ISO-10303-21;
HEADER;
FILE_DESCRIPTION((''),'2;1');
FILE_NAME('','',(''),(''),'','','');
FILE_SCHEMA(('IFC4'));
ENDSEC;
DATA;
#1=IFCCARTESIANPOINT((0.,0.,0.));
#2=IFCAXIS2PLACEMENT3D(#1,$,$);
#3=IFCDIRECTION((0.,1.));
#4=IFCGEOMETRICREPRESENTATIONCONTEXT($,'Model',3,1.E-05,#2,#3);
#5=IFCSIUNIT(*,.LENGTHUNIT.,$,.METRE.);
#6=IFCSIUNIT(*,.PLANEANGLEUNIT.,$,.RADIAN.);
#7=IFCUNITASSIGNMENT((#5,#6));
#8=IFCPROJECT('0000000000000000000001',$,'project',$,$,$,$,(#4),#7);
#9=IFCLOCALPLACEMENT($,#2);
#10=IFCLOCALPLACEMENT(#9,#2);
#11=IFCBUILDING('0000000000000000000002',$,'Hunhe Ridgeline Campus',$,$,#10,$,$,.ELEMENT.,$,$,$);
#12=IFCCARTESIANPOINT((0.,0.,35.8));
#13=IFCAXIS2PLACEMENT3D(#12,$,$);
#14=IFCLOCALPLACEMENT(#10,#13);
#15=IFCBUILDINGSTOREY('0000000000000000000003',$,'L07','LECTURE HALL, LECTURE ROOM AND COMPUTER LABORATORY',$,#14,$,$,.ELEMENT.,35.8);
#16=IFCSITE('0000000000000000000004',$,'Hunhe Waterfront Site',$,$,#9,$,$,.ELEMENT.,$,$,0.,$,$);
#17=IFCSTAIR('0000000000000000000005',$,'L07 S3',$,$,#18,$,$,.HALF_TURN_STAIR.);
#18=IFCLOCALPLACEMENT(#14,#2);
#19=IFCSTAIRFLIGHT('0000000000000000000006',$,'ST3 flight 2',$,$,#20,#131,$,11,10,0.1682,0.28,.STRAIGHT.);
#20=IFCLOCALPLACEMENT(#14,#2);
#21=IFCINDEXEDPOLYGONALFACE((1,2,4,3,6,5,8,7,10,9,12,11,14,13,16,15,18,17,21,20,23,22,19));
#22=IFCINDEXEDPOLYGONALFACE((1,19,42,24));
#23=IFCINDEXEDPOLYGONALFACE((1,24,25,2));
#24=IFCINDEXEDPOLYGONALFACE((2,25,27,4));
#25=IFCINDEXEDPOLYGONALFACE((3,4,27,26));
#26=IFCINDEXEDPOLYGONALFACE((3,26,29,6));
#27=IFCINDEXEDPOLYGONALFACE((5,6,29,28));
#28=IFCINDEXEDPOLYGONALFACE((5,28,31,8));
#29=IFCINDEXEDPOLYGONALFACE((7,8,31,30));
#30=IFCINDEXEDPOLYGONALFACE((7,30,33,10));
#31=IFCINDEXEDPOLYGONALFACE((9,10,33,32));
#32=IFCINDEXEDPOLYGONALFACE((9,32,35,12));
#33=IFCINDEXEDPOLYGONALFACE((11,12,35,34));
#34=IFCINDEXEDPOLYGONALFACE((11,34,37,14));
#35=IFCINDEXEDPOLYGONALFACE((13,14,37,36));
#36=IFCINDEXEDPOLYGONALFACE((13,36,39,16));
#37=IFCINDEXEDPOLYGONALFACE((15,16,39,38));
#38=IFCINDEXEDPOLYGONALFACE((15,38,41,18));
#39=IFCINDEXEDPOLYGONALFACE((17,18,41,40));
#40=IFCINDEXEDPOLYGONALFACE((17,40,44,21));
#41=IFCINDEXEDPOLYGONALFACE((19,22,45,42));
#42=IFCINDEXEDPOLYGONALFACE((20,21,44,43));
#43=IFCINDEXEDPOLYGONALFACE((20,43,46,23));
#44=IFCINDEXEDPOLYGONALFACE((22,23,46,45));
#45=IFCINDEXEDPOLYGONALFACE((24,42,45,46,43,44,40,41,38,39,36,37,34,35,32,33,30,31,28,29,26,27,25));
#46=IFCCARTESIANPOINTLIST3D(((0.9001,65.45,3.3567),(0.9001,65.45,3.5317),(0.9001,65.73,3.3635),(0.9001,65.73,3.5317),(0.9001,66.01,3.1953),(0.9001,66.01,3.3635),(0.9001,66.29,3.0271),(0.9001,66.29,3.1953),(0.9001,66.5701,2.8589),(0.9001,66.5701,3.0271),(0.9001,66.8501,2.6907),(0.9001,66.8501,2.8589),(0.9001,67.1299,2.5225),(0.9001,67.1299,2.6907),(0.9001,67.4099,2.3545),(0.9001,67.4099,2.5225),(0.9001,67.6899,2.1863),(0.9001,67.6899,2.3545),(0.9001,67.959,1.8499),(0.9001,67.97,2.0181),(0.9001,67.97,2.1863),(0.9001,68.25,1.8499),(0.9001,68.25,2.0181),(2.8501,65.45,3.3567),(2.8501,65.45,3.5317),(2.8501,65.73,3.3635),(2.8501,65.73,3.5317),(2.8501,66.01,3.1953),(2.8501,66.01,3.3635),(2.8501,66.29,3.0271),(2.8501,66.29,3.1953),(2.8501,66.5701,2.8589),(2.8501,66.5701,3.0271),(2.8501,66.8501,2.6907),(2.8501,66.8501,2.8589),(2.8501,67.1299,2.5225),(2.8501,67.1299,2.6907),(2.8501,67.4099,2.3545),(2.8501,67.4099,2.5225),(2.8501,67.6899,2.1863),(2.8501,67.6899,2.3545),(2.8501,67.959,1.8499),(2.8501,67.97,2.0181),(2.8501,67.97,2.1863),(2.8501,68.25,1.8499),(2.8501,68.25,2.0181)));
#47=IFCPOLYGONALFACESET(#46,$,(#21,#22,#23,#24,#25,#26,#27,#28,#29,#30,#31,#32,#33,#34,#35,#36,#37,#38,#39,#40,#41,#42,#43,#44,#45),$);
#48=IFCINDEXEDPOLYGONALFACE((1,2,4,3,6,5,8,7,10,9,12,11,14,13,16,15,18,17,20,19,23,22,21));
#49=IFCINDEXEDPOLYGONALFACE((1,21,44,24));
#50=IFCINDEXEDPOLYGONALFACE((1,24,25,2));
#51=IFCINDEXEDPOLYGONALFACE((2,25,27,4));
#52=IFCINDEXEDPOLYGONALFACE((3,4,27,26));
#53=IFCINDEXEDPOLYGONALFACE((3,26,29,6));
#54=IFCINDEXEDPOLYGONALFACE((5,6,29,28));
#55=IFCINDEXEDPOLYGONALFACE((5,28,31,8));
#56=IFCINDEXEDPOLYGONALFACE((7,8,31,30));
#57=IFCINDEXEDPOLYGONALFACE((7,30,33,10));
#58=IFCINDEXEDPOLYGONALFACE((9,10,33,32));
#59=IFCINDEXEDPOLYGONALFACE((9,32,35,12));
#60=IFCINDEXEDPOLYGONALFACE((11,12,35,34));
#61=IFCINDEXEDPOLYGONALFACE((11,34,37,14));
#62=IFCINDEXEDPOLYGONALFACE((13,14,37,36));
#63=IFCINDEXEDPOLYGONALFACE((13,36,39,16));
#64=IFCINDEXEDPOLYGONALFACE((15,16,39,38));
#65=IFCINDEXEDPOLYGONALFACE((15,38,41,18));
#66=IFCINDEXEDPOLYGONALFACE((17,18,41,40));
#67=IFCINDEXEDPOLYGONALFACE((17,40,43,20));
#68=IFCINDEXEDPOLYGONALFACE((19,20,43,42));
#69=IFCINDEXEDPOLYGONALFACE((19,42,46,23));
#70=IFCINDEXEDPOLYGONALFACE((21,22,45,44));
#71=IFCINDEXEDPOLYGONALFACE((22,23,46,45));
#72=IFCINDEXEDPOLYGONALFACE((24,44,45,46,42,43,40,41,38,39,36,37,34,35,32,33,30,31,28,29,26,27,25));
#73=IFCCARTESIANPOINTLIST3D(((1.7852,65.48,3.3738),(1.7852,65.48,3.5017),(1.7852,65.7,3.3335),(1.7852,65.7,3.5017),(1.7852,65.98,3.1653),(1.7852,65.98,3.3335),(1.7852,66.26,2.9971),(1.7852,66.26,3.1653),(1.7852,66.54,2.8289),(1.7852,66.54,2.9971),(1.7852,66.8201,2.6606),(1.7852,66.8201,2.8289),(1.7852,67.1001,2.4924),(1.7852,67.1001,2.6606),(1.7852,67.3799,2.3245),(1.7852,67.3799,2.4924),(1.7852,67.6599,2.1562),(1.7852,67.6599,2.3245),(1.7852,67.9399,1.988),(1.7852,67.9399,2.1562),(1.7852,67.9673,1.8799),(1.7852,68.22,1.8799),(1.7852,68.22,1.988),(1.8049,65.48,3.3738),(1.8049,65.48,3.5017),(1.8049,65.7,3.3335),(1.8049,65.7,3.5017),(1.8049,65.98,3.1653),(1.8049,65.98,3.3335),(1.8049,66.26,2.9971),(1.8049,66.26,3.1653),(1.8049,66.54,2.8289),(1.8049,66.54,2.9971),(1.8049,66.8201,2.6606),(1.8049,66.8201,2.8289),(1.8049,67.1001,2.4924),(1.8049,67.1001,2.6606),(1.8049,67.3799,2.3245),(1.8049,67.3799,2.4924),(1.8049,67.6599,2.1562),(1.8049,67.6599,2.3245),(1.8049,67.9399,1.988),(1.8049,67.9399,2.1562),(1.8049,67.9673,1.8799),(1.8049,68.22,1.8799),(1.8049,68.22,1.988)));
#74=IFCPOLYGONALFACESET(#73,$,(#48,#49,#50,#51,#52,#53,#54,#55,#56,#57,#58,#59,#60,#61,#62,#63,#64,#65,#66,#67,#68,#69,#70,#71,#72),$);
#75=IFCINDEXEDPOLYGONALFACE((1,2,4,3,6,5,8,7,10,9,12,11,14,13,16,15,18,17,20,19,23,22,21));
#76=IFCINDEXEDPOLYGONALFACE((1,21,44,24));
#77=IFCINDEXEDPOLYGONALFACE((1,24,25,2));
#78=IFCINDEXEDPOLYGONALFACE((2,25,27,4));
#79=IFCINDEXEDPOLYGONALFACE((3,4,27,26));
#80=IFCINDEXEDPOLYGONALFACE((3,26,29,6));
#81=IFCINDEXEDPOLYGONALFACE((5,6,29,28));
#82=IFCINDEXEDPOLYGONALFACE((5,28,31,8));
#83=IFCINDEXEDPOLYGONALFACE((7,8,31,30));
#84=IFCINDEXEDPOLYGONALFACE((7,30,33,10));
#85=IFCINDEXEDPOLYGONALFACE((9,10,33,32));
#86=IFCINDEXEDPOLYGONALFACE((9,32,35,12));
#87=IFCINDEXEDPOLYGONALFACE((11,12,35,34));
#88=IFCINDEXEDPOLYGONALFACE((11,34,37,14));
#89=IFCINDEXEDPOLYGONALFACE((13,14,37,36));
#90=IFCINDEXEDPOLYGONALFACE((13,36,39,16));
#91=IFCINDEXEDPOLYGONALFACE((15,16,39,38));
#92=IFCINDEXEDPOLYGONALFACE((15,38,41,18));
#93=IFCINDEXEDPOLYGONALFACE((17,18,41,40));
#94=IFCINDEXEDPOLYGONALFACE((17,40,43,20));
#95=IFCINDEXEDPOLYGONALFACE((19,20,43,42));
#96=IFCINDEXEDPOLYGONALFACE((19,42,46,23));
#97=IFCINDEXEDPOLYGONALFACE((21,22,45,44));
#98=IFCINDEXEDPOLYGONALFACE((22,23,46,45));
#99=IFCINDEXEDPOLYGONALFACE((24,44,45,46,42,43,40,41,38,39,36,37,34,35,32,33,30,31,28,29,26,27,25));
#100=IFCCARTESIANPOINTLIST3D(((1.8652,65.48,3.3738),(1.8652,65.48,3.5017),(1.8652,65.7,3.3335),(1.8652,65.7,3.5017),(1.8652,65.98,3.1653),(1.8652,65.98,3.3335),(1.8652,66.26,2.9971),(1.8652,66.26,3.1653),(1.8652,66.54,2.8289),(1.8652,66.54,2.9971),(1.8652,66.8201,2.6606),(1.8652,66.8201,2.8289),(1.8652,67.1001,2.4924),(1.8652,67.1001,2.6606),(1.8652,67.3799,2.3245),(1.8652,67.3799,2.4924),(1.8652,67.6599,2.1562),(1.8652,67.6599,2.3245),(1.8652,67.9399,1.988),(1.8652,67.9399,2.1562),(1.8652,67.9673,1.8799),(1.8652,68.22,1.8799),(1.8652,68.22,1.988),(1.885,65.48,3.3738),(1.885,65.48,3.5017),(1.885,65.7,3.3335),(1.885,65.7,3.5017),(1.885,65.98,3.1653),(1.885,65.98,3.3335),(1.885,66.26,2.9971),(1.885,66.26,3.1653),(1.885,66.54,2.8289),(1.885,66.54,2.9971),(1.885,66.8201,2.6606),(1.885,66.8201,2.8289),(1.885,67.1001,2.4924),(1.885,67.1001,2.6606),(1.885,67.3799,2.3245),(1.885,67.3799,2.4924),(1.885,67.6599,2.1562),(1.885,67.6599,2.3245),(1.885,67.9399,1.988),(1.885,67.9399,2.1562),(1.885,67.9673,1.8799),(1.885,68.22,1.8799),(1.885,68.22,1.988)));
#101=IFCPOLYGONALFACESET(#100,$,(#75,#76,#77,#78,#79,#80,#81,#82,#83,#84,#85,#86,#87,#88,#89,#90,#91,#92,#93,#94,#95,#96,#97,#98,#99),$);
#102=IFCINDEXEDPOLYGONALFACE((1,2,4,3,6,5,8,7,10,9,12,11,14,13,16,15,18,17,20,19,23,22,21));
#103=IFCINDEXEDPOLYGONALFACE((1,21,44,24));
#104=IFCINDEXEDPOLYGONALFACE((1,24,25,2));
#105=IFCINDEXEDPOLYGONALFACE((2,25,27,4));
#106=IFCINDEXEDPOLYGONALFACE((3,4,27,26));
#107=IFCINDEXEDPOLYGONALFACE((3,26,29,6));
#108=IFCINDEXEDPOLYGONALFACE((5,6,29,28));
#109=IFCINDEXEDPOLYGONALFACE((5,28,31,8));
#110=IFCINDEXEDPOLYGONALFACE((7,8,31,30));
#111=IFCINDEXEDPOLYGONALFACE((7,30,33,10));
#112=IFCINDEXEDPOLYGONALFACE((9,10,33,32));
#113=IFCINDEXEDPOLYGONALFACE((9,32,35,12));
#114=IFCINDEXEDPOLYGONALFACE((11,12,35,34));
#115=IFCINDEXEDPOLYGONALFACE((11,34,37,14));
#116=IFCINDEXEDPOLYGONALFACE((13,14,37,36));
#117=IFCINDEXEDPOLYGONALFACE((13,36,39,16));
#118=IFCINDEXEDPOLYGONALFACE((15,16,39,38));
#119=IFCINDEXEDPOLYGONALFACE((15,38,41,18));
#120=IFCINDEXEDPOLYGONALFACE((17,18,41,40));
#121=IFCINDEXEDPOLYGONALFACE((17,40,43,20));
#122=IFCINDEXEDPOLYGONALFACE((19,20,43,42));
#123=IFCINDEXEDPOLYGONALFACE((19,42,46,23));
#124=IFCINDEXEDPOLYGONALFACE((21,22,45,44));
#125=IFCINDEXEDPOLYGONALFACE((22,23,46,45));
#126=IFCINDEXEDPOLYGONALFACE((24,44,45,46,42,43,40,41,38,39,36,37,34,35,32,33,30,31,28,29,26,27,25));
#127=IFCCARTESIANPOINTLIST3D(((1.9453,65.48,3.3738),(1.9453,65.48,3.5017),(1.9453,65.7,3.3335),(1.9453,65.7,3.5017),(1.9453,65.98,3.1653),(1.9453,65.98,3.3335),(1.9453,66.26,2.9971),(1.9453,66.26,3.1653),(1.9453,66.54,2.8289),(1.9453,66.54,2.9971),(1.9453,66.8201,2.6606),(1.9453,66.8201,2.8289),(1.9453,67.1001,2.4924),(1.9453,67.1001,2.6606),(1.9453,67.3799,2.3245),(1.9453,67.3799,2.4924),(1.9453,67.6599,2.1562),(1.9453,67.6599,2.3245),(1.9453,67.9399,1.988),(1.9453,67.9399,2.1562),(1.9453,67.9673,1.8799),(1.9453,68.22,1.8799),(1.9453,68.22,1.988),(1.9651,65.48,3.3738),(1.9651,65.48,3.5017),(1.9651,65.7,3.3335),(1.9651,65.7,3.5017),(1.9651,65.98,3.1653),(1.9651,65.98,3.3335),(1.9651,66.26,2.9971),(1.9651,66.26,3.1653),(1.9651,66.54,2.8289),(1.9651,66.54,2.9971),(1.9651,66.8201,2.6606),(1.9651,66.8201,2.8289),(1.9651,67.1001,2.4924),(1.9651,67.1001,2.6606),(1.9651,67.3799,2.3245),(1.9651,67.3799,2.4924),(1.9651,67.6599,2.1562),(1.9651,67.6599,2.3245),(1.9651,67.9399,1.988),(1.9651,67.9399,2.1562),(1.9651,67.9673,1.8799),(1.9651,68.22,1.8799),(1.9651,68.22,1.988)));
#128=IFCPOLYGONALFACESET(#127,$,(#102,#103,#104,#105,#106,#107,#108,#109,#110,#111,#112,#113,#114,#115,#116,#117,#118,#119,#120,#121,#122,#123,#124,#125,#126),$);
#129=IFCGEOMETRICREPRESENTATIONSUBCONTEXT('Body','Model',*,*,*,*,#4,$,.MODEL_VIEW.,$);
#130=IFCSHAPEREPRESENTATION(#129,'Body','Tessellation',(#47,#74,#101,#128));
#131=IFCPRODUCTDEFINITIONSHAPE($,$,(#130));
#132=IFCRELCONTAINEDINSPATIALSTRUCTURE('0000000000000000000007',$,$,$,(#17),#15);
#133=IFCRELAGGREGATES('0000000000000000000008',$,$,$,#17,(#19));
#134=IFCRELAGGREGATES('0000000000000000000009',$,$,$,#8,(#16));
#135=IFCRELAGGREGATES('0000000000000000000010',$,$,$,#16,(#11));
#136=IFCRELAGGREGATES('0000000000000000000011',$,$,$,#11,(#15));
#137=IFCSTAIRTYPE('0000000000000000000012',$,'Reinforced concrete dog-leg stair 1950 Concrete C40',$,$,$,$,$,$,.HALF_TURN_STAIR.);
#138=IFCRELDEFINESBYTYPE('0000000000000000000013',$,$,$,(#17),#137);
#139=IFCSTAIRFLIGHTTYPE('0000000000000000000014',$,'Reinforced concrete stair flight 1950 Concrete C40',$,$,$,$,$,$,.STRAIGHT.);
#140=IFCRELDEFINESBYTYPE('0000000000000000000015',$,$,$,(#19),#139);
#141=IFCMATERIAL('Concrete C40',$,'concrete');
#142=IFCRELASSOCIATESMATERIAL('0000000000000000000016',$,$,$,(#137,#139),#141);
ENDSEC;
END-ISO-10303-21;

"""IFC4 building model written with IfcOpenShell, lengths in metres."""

from ifc_helpers import new_model, si_unit, direction, frame, origin, place, context, subcontext, project, spatial, polyline, outline, extrude, material, type_object, element, aggregate, save


model = new_model("IFC4")

# Units and contexts
model_context = context("Model", 3, precision=1e-05, world=origin(), true_north=direction((0.0, 1.0)))
body_context = subcontext(model_context, "Body", "Model", "MODEL_VIEW")
ifc_project = project(units=[si_unit("LENGTHUNIT", "METRE"), si_unit("PLANEANGLEUNIT", "RADIAN")], contexts=[model_context])

# Site, building, storey
site_placement = place(None, origin())
site = spatial("IfcSite", under=ifc_project, at=site_placement, Name="Hunhe Waterfront Site", CompositionType="ELEMENT", RefElevation=0.0)
building_placement = place(site_placement, origin())
building = spatial("IfcBuilding", under=site, at=building_placement, Name="Hunhe Ridgeline Campus", CompositionType="ELEMENT")
storey_placement = place(building_placement, frame((0.0, 0.0, 35.8)))
storey = spatial("IfcBuildingStorey", under=building, at=storey_placement, Name="L07", Description="LECTURE HALL, LECTURE ROOM AND COMPUTER LABORATORY", CompositionType="ELEMENT", Elevation=35.8)

# Stair, stair flight
ifc_material_1 = material(Name="Concrete C40", Category="concrete")
stair_type = type_object("IfcStairType", Name="Reinforced concrete dog-leg stair 1950 Concrete C40", PredefinedType="HALF_TURN_STAIR", material=ifc_material_1)
stair_1_placement = place(storey_placement, origin())
stair_1 = element("IfcStair", 1, at=stair_1_placement, inside=storey, type_object=stair_type, Name="L07 S3", PredefinedType="HALF_TURN_STAIR")
stair_flight_type = type_object("IfcStairFlightType", Name="Reinforced concrete stair flight 1950 Concrete C40", PredefinedType="STRAIGHT", material=ifc_material_1)
stair_flight_1_placement = place(storey_placement, frame((1.875, 68.25, 1.8499), z_axis=(0.0, 0.0, 1.0), x_axis=(0.0, -1.0, 0.0)))
stair_flight_1 = element("IfcStairFlight", 2, at=stair_flight_1_placement, type_object=stair_flight_type, Name="ST3 flight 2", NumberOfRisers=11, NumberOfTreads=10, PredefinedType="STRAIGHT", RiserHeight=0.1682, TreadLength=0.28, context=body_context, shape_type="SweptSolid", body=[
    extrude(outline(polyline([(0.0, 0.0), (0.0, 0.1682), (0.28, 0.1682), (0.28, 0.3364), (0.5601, 0.3364), (0.5601, 0.5046), (0.8401, 0.5046), (0.8401, 0.6726), (1.1201, 0.6726), (1.1201, 0.8408), (1.3999, 0.8408), (1.3999, 1.009), (1.6799, 1.009), (1.6799, 1.1772), (1.96, 1.1772), (1.96, 1.3455), (2.24, 1.3455), (2.24, 1.5137), (2.52, 1.5137), (2.52, 1.6819), (2.8, 1.6819), (2.8, 1.8501), (2.8, 1.5068), (0.291, 0.0), (0.0, 0.0)])), frame((0.0, 0.9751, 0.0), z_axis=(0.0, -1.0, 0.0), x_axis=(1.0, 0.0, 0.0)), (0.0, 0.0, 1.0), 1.95),
    extrude(outline(polyline([(0.03, 0.03), (0.03, 0.1382), (0.3101, 0.1382), (0.3101, 0.3064), (0.5901, 0.3064), (0.5901, 0.4746), (0.8701, 0.4746), (0.8701, 0.6426), (1.1499, 0.6426), (1.1499, 0.8108), (1.4299, 0.8108), (1.4299, 0.979), (1.71, 0.979), (1.71, 1.1472), (1.99, 1.1472), (1.99, 1.3154), (2.27, 1.3154), (2.27, 1.4836), (2.55, 1.4836), (2.55, 1.6519), (2.77, 1.6519), (2.77, 1.5239), (0.2827, 0.03), (0.03, 0.03)])), frame((0.0, -0.0701, 0.0), z_axis=(0.0, -1.0, 0.0), x_axis=(1.0, 0.0, 0.0)), (0.0, 0.0, 1.0), 0.0198),
    extrude(outline(polyline([(0.03, 0.03), (0.03, 0.1382), (0.3101, 0.1382), (0.3101, 0.3064), (0.5901, 0.3064), (0.5901, 0.4746), (0.8701, 0.4746), (0.8701, 0.6426), (1.1499, 0.6426), (1.1499, 0.8108), (1.4299, 0.8108), (1.4299, 0.979), (1.71, 0.979), (1.71, 1.1472), (1.99, 1.1472), (1.99, 1.3154), (2.27, 1.3154), (2.27, 1.4836), (2.55, 1.4836), (2.55, 1.6519), (2.77, 1.6519), (2.77, 1.5239), (0.2827, 0.03), (0.03, 0.03)])), frame((0.0, 0.01, 0.0), z_axis=(0.0, -1.0, 0.0), x_axis=(1.0, 0.0, 0.0)), (0.0, 0.0, 1.0), 0.0198),
    extrude(outline(polyline([(0.03, 0.03), (0.03, 0.1382), (0.3101, 0.1382), (0.3101, 0.3064), (0.5901, 0.3064), (0.5901, 0.4746), (0.8701, 0.4746), (0.8701, 0.6426), (1.1499, 0.6426), (1.1499, 0.8108), (1.4299, 0.8108), (1.4299, 0.979), (1.71, 0.979), (1.71, 1.1472), (1.99, 1.1472), (1.99, 1.3154), (2.27, 1.3154), (2.27, 1.4836), (2.55, 1.4836), (2.55, 1.6519), (2.77, 1.6519), (2.77, 1.5239), (0.2827, 0.03), (0.03, 0.03)])), frame((0.0, 0.0901, 0.0), z_axis=(0.0, -1.0, 0.0), x_axis=(1.0, 0.0, 0.0)), (0.0, 0.0, 1.0), 0.0198),
])
aggregate(stair_1, [stair_flight_1])

save(model, "model.ifc")
